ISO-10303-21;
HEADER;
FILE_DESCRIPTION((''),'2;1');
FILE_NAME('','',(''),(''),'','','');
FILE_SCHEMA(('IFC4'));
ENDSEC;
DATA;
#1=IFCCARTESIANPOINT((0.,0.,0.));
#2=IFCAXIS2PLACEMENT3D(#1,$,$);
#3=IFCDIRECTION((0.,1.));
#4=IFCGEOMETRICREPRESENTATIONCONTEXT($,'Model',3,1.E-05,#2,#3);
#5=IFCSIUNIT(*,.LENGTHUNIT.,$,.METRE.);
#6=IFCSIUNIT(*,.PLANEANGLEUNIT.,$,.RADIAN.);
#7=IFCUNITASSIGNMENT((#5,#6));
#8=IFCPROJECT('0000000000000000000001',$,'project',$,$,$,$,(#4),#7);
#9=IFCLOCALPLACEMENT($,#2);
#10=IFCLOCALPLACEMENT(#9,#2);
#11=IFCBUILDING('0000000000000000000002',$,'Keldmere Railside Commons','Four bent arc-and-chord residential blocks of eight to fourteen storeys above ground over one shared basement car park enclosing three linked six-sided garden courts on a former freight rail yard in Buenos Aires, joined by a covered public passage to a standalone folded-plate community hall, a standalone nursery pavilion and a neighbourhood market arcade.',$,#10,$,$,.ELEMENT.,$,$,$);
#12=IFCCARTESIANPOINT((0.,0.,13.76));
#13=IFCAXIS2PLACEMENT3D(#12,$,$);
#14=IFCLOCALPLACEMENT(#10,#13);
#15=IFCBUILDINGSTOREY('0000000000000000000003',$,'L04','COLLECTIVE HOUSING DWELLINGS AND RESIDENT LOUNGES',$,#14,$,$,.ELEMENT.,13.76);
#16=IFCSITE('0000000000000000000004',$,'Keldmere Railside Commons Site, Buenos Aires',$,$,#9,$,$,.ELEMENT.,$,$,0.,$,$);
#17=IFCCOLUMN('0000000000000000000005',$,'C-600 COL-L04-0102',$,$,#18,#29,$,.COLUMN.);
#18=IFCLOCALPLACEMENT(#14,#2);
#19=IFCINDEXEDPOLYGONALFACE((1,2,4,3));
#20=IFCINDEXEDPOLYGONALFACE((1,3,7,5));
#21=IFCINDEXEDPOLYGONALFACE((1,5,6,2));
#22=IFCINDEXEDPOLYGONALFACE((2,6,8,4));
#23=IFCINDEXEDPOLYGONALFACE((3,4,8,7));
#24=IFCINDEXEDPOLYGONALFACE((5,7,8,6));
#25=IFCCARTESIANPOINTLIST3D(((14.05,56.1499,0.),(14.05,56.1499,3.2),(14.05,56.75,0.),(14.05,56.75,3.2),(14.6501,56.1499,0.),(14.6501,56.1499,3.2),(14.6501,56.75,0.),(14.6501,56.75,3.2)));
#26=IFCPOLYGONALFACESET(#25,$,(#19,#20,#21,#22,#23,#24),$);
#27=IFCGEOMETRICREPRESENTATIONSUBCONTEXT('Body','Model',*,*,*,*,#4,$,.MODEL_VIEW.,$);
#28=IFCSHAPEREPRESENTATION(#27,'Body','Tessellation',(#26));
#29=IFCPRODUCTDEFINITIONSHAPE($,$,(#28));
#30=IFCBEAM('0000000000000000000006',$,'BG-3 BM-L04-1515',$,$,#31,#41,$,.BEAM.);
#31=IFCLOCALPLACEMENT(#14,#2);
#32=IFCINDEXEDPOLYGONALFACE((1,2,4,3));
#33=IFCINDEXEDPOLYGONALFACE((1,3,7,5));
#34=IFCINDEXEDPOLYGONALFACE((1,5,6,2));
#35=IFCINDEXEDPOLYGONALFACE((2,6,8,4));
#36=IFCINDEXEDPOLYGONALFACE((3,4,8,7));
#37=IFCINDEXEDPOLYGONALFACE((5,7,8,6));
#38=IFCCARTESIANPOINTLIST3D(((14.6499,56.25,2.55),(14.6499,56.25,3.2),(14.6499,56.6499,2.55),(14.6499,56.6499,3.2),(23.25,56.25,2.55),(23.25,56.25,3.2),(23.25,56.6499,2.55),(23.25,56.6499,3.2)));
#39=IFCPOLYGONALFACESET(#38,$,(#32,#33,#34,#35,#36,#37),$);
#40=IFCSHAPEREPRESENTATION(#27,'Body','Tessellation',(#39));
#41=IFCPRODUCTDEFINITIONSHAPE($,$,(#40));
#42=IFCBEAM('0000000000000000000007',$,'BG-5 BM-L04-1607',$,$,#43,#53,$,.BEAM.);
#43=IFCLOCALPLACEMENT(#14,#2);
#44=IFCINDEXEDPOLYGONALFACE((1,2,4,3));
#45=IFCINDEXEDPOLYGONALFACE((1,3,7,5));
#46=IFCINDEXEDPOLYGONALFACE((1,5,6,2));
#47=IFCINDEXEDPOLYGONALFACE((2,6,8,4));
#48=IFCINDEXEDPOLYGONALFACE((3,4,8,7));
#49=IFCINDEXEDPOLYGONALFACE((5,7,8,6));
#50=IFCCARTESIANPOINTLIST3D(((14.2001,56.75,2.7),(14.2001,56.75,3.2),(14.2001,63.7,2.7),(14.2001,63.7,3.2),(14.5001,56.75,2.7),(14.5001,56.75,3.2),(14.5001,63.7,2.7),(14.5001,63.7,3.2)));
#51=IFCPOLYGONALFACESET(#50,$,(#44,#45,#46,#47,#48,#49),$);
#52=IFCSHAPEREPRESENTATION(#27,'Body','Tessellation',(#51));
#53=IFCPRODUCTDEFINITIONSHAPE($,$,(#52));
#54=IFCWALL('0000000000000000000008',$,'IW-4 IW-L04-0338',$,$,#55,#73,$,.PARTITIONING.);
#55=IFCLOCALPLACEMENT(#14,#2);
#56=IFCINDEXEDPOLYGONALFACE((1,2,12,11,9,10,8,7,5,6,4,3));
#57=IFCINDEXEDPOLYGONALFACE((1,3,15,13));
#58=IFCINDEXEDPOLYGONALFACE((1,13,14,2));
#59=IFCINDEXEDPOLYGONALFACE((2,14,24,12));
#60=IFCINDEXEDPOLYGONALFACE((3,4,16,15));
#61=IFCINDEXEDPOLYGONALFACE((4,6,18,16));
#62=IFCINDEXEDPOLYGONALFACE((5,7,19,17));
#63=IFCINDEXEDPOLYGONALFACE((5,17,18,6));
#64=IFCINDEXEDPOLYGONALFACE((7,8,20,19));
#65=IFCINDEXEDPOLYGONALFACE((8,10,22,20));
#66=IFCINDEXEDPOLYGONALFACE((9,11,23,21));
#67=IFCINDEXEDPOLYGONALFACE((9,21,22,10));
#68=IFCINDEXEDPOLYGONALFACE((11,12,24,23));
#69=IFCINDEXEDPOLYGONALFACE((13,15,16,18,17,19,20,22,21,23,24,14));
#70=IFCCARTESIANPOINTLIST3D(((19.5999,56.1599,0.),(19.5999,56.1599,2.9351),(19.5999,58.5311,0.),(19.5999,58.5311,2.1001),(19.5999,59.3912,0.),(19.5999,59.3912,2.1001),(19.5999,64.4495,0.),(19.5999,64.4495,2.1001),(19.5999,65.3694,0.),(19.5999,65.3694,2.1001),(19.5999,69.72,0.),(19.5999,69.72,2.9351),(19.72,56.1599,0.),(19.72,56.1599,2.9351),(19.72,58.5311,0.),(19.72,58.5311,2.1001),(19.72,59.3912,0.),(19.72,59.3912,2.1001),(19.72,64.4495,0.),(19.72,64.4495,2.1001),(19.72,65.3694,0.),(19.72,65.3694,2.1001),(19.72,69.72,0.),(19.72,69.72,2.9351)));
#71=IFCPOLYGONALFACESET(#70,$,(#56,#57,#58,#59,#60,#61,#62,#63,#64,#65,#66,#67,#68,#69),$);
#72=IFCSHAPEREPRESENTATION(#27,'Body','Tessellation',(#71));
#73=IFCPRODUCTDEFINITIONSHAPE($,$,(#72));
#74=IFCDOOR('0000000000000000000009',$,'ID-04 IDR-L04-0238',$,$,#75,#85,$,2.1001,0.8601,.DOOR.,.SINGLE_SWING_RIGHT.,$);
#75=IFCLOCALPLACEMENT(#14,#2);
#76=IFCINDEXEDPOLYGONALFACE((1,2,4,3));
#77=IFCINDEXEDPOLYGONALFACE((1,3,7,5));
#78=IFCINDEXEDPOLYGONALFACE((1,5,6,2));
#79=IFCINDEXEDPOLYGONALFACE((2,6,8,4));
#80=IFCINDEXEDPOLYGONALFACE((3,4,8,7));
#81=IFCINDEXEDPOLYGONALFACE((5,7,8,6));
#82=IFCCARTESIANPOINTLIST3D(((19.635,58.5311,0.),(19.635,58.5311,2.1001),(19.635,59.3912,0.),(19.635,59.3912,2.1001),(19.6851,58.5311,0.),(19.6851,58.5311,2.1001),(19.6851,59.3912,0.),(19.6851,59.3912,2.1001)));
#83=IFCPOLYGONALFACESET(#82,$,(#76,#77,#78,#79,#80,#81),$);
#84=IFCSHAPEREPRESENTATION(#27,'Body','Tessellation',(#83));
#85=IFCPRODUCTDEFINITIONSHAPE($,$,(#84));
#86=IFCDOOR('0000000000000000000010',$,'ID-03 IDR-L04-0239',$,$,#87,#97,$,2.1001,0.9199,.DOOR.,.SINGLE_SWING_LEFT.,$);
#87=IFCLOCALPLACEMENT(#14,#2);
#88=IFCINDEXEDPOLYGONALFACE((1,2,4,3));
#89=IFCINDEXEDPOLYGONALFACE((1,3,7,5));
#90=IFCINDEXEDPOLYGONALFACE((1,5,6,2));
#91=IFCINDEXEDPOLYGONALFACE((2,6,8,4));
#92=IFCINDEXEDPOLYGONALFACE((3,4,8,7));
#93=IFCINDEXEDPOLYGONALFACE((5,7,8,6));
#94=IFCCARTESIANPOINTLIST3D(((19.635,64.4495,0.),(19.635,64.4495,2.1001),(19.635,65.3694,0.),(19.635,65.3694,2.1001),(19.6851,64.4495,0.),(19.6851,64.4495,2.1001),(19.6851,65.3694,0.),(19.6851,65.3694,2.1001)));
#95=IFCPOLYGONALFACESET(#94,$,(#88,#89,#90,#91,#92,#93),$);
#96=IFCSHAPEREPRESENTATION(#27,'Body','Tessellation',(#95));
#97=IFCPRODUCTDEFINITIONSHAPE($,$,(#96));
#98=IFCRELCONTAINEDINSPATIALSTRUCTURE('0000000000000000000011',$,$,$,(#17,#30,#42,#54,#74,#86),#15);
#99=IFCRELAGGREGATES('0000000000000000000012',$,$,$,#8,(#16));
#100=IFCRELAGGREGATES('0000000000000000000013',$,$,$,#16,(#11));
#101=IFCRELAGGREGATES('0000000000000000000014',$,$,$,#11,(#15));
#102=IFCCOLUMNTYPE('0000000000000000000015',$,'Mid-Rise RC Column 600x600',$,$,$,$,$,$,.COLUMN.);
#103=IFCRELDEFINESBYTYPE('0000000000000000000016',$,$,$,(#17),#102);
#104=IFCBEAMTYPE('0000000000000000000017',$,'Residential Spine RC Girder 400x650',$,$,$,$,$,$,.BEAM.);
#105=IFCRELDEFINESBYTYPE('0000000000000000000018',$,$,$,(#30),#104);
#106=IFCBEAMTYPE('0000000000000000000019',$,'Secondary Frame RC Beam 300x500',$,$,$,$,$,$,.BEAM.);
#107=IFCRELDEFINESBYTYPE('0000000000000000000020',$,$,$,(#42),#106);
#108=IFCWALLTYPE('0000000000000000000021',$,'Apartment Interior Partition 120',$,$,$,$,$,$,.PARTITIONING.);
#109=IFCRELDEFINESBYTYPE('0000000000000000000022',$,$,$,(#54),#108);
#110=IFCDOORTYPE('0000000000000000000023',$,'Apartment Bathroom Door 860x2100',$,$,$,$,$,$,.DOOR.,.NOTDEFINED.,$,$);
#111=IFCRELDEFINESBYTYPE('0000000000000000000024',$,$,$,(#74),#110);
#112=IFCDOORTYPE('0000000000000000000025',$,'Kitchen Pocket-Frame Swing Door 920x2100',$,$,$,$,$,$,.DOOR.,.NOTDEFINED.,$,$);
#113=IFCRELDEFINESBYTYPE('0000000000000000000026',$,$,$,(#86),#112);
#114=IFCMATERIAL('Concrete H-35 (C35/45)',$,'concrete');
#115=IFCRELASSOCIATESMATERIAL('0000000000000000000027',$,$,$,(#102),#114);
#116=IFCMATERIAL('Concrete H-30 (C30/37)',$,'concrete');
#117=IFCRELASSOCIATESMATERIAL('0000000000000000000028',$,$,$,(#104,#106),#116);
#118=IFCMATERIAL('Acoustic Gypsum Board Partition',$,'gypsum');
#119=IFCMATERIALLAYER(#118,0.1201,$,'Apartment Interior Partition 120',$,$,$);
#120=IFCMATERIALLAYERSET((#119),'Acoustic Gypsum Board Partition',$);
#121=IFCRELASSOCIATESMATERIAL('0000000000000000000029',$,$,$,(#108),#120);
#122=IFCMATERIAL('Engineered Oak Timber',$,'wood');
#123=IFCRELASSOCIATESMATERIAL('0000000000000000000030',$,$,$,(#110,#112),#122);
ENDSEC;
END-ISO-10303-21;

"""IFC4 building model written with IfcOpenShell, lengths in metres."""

from ifc_helpers import new_model, si_unit, direction, frame, frame_2d, origin, origin_2d, place, context, subcontext, project, spatial, rectangle, extrude, material, layer, layer_set, material_profile, profile_set, type_object, element, fill, save


model = new_model("IFC4")

# Units and contexts
model_context = context("Model", 3, precision=1e-05, world=origin(), true_north=direction((0.0, 1.0)))
body_context = subcontext(model_context, "Body", "Model", "MODEL_VIEW")
ifc_project = project(units=[si_unit("LENGTHUNIT", "METRE"), si_unit("PLANEANGLEUNIT", "RADIAN")], contexts=[model_context])

# Site, building, storey
site_placement = place(None, origin())
site = spatial("IfcSite", under=ifc_project, at=site_placement, Name="Keldmere Railside Commons Site, Buenos Aires", CompositionType="ELEMENT", RefElevation=0.0)
building_placement = place(site_placement, origin())
building = spatial("IfcBuilding", under=site, at=building_placement, Name="Keldmere Railside Commons", Description="Four bent arc-and-chord residential blocks of eight to fourteen storeys above ground over one shared basement car park enclosing three linked six-sided garden courts on a former freight rail yard in Buenos Aires, joined by a covered public passage to a standalone folded-plate community hall, a standalone nursery pavilion and a neighbourhood market arcade.", CompositionType="ELEMENT")
storey_placement = place(building_placement, frame((0.0, 0.0, 13.76)))
storey = spatial("IfcBuildingStorey", under=building, at=storey_placement, Name="L04", Description="COLLECTIVE HOUSING DWELLINGS AND RESIDENT LOUNGES", CompositionType="ELEMENT", Elevation=13.76)

# Column
ifc_material_1 = material(Name="Concrete H-35 (C35/45)", Category="concrete")
ifc_material_profile_1 = material_profile(ifc_material_1, rectangle(XDim=0.6001, YDim=0.6001, at=origin_2d()), Name="RC-600x600")
ifc_profile_set_1 = profile_set([ifc_material_profile_1], Name="Concrete H-35 (C35/45)")
column_type = type_object("IfcColumnType", Name="Mid-Rise RC Column 600x600", PredefinedType="COLUMN", material=ifc_profile_set_1)
column_placement = place(storey_placement, frame((14.3501, 56.45, 0.0), z_axis=(0.0, 0.0, 1.0), x_axis=(1.0, 0.0, 0.0)))
element("IfcColumn", 1, at=column_placement, inside=storey, type_object=column_type, Name="C-600 COL-L04-0102", PredefinedType="COLUMN", context=body_context, shape_type="SweptSolid", body=[
    extrude(rectangle(XDim=0.6001, YDim=0.6001, at=origin_2d()), origin(), (0.0, 0.0, 1.0), 3.2),
])

# Beams
ifc_material_2 = material(Name="Concrete H-30 (C30/37)", Category="concrete")
ifc_material_profile_2 = material_profile(ifc_material_2, rectangle(XDim=0.3999, YDim=0.6499, at=origin_2d()), Name="RC-400x650")
ifc_profile_set_2 = profile_set([ifc_material_profile_2], Name="Concrete H-30 (C30/37)")
beam_type_1 = type_object("IfcBeamType", Name="Residential Spine RC Girder 400x650", PredefinedType="BEAM", material=ifc_profile_set_2)
beam_1_placement = place(storey_placement, frame((14.6499, 56.45, 2.875), z_axis=(1.0, 0.0, 0.0), x_axis=(0.0, 1.0, 0.0)))
element("IfcBeam", 2, at=beam_1_placement, inside=storey, type_object=beam_type_1, Name="BG-3 BM-L04-1515", PredefinedType="BEAM", context=body_context, shape_type="SweptSolid", body=[
    extrude(rectangle(XDim=0.3999, YDim=0.6499, at=origin_2d()), origin(), (0.0, 0.0, 1.0), 8.6001),
])
ifc_material_profile_3 = material_profile(ifc_material_2, rectangle(XDim=0.3, YDim=0.5, at=origin_2d()), Name="RC-300x500")
ifc_profile_set_3 = profile_set([ifc_material_profile_3], Name="Concrete H-30 (C30/37)")
beam_type_2 = type_object("IfcBeamType", Name="Secondary Frame RC Beam 300x500", PredefinedType="BEAM", material=ifc_profile_set_3)
beam_2_placement = place(storey_placement, frame((14.3501, 56.75, 2.95), z_axis=(0.0, 1.0, 0.0), x_axis=(-1.0, 0.0, 0.0)))
element("IfcBeam", 3, at=beam_2_placement, inside=storey, type_object=beam_type_2, Name="BG-5 BM-L04-1607", PredefinedType="BEAM", context=body_context, shape_type="SweptSolid", body=[
    extrude(rectangle(XDim=0.3, YDim=0.5, at=origin_2d()), origin(), (0.0, 0.0, 1.0), 6.95),
])

# Wall, openings, doors
ifc_material_3 = material(Name="Acoustic Gypsum Board Partition", Category="gypsum")
ifc_layer_1 = layer(ifc_material_3, 0.1201, Name="Apartment Interior Partition 120")
ifc_layer_set_1 = layer_set([ifc_layer_1], Name="Acoustic Gypsum Board Partition")
wall_type_1 = type_object("IfcWallType", Name="Apartment Interior Partition 120", PredefinedType="PARTITIONING", material=ifc_layer_set_1)
wall_1_placement = place(storey_placement, frame((19.6599, 56.1599, 0.0), z_axis=(0.0, 0.0, 1.0), x_axis=(0.0, 1.0, 0.0)))
wall_1 = element("IfcWall", 4, at=wall_1_placement, inside=storey, type_object=wall_type_1, Name="IW-4 IW-L04-0338", PredefinedType="PARTITIONING", context=body_context, shape_type="SweptSolid", body=[
    extrude(rectangle(XDim=13.5601, YDim=0.1201, at=frame_2d((6.78, 0.0))), origin(), (0.0, 0.0, 1.0), 2.9351),
])
opening_1_placement = place(wall_1_placement, frame((2.3711, 0.0, 0.0)))
opening_1 = element("IfcOpeningElement", 5, at=opening_1_placement, cuts=wall_1, PredefinedType="OPENING", context=body_context, shape_type="SweptSolid", body=[
    extrude(rectangle(XDim=0.8601, YDim=2.1001, at=frame_2d((0.4302, 1.05))), frame((0.0, 0.0701, 0.0), z_axis=(0.0, -1.0, 0.0), x_axis=(1.0, 0.0, 0.0)), (0.0, 0.0, 1.0), 0.1401),
])
opening_2_placement = place(wall_1_placement, frame((8.2896, 0.0, 0.0)))
opening_2 = element("IfcOpeningElement", 6, at=opening_2_placement, cuts=wall_1, PredefinedType="OPENING", context=body_context, shape_type="SweptSolid", body=[
    extrude(rectangle(XDim=0.9199, YDim=2.1001, at=frame_2d((0.46, 1.05))), frame((0.0, 0.0701, 0.0), z_axis=(0.0, -1.0, 0.0), x_axis=(1.0, 0.0, 0.0)), (0.0, 0.0, 1.0), 0.1401),
])
ifc_material_4 = material(Name="Engineered Oak Timber", Category="wood")
door_type_1 = type_object("IfcDoorType", Name="Apartment Bathroom Door 860x2100", OperationType="NOTDEFINED", PredefinedType="DOOR", material=ifc_material_4)
door_1_placement = place(opening_1_placement, origin())
door_1 = element("IfcDoor", 7, at=door_1_placement, inside=storey, type_object=door_type_1, Name="ID-04 IDR-L04-0238", OperationType="SINGLE_SWING_RIGHT", OverallHeight=2.1001, OverallWidth=0.8601, PredefinedType="DOOR", context=body_context, shape_type="SweptSolid", body=[
    extrude(rectangle(XDim=0.8601, YDim=2.1001, at=frame_2d((0.4302, 1.05))), frame((0.0, 0.0249, 0.0), z_axis=(0.0, -1.0, 0.0), x_axis=(1.0, 0.0, 0.0)), (0.0, 0.0, 1.0), 0.05),
])
fill(opening_1, door_1)
door_type_2 = type_object("IfcDoorType", Name="Kitchen Pocket-Frame Swing Door 920x2100", OperationType="NOTDEFINED", PredefinedType="DOOR", material=ifc_material_4)
door_2_placement = place(opening_2_placement, origin())
door_2 = element("IfcDoor", 8, at=door_2_placement, inside=storey, type_object=door_type_2, Name="ID-03 IDR-L04-0239", OperationType="SINGLE_SWING_LEFT", OverallHeight=2.1001, OverallWidth=0.9199, PredefinedType="DOOR", context=body_context, shape_type="SweptSolid", body=[
    extrude(rectangle(XDim=0.9199, YDim=2.1001, at=frame_2d((0.46, 1.05))), frame((0.0, 0.0249, 0.0), z_axis=(0.0, -1.0, 0.0), x_axis=(1.0, 0.0, 0.0)), (0.0, 0.0, 1.0), 0.05),
])
fill(opening_2, door_2)

save(model, "model.ifc")
